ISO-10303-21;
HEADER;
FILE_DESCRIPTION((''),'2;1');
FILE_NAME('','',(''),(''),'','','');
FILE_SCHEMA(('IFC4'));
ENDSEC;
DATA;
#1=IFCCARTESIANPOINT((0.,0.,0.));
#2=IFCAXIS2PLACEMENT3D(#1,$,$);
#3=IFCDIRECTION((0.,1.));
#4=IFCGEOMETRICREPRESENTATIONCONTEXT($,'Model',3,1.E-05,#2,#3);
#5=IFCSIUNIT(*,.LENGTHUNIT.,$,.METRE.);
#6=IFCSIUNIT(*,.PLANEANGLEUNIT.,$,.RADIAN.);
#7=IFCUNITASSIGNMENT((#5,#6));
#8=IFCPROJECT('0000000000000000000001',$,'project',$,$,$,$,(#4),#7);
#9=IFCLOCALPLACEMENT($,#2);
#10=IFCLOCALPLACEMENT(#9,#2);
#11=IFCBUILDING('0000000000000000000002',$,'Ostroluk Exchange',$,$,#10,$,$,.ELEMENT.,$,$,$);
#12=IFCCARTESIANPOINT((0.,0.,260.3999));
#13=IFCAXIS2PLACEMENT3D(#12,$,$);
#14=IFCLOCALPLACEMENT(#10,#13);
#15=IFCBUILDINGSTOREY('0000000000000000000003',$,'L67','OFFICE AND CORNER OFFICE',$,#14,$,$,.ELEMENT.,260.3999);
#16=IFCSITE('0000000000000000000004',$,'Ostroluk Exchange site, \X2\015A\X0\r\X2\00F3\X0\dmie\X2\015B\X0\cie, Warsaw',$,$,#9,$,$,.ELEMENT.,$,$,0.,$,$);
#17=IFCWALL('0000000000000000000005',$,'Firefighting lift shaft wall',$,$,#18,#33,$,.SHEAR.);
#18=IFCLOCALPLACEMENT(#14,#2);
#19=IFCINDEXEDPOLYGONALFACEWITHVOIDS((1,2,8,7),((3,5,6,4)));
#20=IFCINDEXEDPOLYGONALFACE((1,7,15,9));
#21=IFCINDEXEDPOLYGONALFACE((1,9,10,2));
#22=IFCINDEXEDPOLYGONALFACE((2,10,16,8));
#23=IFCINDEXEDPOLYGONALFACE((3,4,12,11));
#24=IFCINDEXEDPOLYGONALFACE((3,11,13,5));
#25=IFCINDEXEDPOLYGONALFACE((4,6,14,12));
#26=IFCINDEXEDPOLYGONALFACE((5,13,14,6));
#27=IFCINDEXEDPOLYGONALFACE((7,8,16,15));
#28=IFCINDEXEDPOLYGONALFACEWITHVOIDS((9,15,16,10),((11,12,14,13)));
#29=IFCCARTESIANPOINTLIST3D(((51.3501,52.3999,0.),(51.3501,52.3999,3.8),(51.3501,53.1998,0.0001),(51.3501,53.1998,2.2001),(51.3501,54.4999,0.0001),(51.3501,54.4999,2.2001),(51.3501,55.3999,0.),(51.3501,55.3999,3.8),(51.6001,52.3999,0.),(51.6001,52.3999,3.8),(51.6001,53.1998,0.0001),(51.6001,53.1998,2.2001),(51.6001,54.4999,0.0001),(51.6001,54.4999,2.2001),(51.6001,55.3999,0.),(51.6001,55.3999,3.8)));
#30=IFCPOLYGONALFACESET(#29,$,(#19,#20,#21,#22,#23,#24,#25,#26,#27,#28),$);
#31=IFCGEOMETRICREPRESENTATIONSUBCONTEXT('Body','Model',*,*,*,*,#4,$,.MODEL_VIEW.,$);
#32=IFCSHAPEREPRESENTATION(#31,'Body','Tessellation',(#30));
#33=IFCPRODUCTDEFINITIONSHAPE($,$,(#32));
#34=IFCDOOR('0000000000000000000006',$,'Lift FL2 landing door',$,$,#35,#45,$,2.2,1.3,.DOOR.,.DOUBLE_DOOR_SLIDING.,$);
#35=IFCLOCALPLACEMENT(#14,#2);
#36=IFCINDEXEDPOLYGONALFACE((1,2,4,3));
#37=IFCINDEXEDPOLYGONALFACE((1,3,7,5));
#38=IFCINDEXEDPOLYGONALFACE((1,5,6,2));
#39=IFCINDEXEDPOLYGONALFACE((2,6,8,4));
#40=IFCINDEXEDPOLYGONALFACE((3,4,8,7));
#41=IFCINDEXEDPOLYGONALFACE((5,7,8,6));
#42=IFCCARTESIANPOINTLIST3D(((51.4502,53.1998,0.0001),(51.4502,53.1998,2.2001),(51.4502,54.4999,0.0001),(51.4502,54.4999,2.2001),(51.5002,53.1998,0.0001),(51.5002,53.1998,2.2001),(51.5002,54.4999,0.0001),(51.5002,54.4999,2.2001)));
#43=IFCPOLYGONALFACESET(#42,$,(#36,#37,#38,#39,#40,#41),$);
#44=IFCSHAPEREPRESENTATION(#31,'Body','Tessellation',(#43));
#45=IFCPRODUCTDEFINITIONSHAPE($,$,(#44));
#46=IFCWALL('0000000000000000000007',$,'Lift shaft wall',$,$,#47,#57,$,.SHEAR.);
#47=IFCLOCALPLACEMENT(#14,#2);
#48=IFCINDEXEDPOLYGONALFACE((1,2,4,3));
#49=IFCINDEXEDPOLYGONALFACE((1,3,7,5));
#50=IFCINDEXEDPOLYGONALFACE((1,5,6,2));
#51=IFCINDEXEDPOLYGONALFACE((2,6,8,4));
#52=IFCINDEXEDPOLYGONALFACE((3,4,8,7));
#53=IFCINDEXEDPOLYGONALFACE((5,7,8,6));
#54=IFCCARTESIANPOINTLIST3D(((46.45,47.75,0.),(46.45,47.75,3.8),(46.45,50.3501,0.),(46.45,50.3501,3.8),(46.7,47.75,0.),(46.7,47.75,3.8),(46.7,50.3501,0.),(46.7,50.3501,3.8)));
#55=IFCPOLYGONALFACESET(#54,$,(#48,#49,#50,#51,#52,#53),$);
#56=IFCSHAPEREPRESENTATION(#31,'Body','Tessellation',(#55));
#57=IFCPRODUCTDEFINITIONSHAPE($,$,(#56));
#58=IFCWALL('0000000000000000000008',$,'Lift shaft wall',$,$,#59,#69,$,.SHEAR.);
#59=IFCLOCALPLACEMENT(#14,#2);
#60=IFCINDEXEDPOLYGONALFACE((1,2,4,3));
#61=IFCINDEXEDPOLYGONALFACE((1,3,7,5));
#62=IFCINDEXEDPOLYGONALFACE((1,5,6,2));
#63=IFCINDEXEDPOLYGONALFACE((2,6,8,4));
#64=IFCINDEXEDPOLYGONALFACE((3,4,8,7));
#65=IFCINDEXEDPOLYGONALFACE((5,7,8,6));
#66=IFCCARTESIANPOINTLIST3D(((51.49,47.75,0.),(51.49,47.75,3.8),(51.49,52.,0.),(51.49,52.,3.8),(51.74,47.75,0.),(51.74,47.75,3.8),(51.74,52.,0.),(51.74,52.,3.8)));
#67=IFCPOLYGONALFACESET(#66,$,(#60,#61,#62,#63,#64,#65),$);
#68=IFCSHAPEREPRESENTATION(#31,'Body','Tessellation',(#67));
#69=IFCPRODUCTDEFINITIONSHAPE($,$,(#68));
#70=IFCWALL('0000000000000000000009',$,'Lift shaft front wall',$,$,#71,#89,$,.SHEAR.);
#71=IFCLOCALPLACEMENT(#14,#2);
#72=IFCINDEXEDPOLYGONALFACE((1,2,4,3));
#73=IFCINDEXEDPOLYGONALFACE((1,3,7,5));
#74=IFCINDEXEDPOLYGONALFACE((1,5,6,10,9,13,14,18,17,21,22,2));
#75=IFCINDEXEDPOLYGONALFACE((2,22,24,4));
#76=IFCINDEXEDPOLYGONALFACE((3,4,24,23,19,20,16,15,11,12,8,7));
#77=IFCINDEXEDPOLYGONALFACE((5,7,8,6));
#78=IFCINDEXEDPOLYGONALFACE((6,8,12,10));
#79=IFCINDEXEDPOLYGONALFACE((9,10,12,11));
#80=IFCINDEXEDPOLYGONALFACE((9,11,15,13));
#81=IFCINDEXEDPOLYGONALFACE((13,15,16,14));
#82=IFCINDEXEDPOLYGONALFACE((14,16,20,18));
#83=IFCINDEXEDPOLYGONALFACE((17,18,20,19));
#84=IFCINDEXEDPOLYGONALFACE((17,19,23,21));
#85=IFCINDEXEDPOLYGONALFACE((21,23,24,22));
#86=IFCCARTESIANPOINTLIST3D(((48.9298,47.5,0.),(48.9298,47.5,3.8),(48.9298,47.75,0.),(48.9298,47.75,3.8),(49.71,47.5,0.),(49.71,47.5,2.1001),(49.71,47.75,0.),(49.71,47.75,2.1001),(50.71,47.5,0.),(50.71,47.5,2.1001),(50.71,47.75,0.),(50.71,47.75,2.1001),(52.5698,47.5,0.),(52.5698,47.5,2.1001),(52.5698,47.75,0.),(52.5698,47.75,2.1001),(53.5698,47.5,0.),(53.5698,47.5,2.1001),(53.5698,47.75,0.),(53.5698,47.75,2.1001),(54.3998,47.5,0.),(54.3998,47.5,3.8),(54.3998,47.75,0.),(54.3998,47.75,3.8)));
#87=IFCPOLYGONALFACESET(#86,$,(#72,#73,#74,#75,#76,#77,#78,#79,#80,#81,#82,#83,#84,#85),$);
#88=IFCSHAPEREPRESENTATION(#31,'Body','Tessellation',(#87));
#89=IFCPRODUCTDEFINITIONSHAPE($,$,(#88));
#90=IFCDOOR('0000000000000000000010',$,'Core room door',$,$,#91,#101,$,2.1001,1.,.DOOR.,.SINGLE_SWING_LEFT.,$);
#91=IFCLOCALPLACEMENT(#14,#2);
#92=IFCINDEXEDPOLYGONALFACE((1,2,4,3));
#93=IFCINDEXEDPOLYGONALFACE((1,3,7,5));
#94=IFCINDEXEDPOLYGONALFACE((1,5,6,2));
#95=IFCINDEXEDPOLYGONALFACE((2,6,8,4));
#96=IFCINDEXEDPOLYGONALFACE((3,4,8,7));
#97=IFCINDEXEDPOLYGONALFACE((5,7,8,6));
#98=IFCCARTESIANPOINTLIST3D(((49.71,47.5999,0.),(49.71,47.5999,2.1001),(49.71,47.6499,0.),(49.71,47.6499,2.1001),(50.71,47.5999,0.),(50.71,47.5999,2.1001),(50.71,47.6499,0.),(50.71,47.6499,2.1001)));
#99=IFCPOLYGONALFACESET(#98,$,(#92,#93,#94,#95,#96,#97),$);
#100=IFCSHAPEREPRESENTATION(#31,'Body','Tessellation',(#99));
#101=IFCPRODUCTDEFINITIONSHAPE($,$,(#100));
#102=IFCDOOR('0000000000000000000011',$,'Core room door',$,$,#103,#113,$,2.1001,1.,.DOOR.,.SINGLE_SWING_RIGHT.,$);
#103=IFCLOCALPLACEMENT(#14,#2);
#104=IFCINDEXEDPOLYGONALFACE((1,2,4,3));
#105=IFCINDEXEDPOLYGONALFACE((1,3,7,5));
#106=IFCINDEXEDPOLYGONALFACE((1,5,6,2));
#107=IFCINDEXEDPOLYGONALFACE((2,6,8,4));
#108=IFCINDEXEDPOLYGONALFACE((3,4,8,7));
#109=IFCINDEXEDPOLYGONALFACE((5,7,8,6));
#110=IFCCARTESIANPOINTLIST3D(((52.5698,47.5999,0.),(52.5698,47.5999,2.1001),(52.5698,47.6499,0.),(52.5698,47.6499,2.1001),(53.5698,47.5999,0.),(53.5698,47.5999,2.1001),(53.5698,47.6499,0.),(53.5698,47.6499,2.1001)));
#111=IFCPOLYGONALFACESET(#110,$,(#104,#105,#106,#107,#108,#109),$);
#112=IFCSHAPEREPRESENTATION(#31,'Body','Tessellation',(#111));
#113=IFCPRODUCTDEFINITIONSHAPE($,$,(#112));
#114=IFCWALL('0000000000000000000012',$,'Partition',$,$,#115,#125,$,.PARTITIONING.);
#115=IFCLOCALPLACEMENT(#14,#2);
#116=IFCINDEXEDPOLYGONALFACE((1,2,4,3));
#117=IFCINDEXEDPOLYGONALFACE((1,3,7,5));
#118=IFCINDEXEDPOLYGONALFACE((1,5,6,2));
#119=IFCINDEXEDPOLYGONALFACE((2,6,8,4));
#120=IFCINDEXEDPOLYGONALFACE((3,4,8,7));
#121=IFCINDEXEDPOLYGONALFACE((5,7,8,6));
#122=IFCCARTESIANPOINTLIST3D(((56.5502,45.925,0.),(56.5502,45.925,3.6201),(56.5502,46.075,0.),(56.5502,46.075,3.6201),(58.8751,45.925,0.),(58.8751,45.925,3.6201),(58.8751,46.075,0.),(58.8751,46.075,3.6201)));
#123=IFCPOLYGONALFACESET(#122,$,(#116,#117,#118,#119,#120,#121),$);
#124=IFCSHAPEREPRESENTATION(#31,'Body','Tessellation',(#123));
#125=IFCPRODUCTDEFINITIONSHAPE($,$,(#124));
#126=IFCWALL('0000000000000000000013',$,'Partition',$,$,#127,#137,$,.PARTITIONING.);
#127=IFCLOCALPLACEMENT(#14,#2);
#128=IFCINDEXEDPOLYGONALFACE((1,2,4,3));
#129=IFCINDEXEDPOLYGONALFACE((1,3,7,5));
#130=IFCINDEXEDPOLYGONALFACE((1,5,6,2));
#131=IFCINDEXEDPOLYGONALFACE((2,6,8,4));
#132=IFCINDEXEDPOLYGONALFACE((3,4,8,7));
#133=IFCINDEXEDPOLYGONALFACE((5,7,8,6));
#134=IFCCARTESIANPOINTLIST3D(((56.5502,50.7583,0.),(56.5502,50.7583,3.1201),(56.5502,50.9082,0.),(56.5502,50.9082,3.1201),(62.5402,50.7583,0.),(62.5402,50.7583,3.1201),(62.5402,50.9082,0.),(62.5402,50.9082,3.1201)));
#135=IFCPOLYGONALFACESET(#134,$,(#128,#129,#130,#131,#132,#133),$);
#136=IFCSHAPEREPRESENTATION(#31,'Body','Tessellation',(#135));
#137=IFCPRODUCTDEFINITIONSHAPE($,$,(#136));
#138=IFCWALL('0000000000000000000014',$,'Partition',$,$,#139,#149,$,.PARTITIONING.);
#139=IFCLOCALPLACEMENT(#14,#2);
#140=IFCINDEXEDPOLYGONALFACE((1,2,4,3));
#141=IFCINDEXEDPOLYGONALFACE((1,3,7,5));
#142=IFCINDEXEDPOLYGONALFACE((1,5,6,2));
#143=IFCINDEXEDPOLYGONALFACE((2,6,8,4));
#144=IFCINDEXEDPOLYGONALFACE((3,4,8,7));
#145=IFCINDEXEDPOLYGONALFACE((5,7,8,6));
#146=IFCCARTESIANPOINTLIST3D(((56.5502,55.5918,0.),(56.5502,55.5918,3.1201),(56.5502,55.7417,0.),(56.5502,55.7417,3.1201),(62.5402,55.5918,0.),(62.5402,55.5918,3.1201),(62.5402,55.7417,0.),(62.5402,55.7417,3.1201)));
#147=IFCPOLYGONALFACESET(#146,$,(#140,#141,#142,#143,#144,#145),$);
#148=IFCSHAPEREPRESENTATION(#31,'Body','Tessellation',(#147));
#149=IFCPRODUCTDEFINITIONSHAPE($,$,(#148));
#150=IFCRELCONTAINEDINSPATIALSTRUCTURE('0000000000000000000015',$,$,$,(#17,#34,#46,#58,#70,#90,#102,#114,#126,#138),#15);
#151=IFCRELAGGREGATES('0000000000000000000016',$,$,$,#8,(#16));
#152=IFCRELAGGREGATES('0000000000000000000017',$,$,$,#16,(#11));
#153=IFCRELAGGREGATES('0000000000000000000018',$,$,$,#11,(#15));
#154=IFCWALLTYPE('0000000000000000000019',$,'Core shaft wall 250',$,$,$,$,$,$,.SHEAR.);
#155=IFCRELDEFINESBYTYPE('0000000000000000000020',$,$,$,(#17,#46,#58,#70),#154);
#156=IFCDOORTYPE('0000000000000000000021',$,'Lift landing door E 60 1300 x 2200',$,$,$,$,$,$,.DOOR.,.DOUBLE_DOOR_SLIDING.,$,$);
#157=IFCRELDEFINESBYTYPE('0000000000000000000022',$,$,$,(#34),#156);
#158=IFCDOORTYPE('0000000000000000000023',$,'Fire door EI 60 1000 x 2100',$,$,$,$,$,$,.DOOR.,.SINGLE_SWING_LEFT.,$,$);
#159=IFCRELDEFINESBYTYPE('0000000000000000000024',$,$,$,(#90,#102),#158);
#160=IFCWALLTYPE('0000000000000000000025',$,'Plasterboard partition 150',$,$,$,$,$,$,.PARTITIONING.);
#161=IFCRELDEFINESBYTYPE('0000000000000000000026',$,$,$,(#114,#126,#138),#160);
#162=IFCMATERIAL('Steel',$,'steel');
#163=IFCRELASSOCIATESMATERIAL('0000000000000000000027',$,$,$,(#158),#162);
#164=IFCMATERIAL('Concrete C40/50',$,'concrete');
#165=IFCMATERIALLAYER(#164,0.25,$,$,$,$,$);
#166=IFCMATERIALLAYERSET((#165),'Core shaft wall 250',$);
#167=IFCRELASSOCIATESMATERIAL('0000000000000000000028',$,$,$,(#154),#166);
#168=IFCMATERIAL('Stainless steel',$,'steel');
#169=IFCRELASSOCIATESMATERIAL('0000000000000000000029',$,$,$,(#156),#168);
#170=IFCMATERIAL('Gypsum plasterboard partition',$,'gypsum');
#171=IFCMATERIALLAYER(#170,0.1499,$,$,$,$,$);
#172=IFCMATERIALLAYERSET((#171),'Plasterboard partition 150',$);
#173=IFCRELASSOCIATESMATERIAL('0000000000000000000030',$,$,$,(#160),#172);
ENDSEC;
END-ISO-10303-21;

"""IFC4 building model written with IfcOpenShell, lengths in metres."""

from ifc_helpers import new_model, si_unit, direction, frame, frame_2d, origin, place, context, subcontext, project, spatial, rectangle, extrude, material, layer, layer_set, type_object, element, fill, save


model = new_model("IFC4")

# Units and contexts
model_context = context("Model", 3, precision=1e-05, world=origin(), true_north=direction((0.0, 1.0)))
body_context = subcontext(model_context, "Body", "Model", "MODEL_VIEW")
ifc_project = project(units=[si_unit("LENGTHUNIT", "METRE"), si_unit("PLANEANGLEUNIT", "RADIAN")], contexts=[model_context])

# Site, building, storey
site_placement = place(None, origin())
site = spatial("IfcSite", under=ifc_project, at=site_placement, Name="Ostroluk Exchange site, Śródmieście, Warsaw", CompositionType="ELEMENT", RefElevation=0.0)
building_placement = place(site_placement, origin())
building = spatial("IfcBuilding", under=site, at=building_placement, Name="Ostroluk Exchange", CompositionType="ELEMENT")
storey_placement = place(building_placement, frame((0.0, 0.0, 260.3999)))
storey = spatial("IfcBuildingStorey", under=building, at=storey_placement, Name="L67", Description="OFFICE AND CORNER OFFICE", CompositionType="ELEMENT", Elevation=260.3999)

# Wall, opening, door
ifc_material_1 = material(Name="Steel", Category="steel")
door_type_1 = type_object("IfcDoorType", Name="Fire door EI 60 1000 x 2100", OperationType="SINGLE_SWING_LEFT", PredefinedType="DOOR", material=ifc_material_1)
ifc_material_2 = material(Name="Concrete C40/50", Category="concrete")
ifc_layer_1 = layer(ifc_material_2, 0.25)
ifc_layer_set_1 = layer_set([ifc_layer_1], Name="Core shaft wall 250")
wall_type_1 = type_object("IfcWallType", Name="Core shaft wall 250", PredefinedType="SHEAR", material=ifc_layer_set_1)
wall_1_placement = place(storey_placement, frame((51.4751, 52.3999, 0.0), z_axis=(0.0, 0.0, 1.0), x_axis=(0.0, 1.0, 0.0)))
wall_1 = element("IfcWall", 1, at=wall_1_placement, inside=storey, type_object=wall_type_1, Name="Firefighting lift shaft wall", PredefinedType="SHEAR", context=body_context, shape_type="SweptSolid", body=[
    extrude(rectangle(XDim=3.0, YDim=0.25, at=frame_2d((1.5, 0.0))), origin(), (0.0, 0.0, 1.0), 3.8),
])
opening_1_placement = place(wall_1_placement, frame((0.8, 0.0, 0.0)))
opening_1 = element("IfcOpeningElement", 2, at=opening_1_placement, cuts=wall_1, PredefinedType="OPENING", context=body_context, shape_type="SweptSolid", body=[
    extrude(rectangle(XDim=1.3, YDim=2.2, at=frame_2d((0.6499, 1.1001))), frame((0.0, 0.135, 0.0), z_axis=(0.0, -1.0, 0.0), x_axis=(1.0, 0.0, 0.0)), (0.0, 0.0, 1.0), 0.27),
])
ifc_material_3 = material(Name="Stainless steel", Category="steel")
door_type_2 = type_object("IfcDoorType", Name="Lift landing door E 60 1300 x 2200", OperationType="DOUBLE_DOOR_SLIDING", PredefinedType="DOOR", material=ifc_material_3)
door_1_placement = place(opening_1_placement, origin())
door_1 = element("IfcDoor", 3, at=door_1_placement, inside=storey, type_object=door_type_2, Name="Lift FL2 landing door", OperationType="DOUBLE_DOOR_SLIDING", OverallHeight=2.2, OverallWidth=1.3, PredefinedType="DOOR", context=body_context, shape_type="SweptSolid", body=[
    extrude(rectangle(XDim=1.3, YDim=2.2, at=frame_2d((0.6499, 1.1001))), frame((0.0, 0.0249, 0.0), z_axis=(0.0, -1.0, 0.0), x_axis=(1.0, 0.0, 0.0)), (0.0, 0.0, 1.0), 0.05),
])
fill(opening_1, door_1)

# Walls
wall_2_placement = place(storey_placement, frame((46.575, 47.75, 0.0), z_axis=(0.0, 0.0, 1.0), x_axis=(0.0, 1.0, 0.0)))
element("IfcWall", 4, at=wall_2_placement, inside=storey, type_object=wall_type_1, Name="Lift shaft wall", PredefinedType="SHEAR", context=body_context, shape_type="SweptSolid", body=[
    extrude(rectangle(XDim=2.6001, YDim=0.25, at=frame_2d((1.3, 0.0))), origin(), (0.0, 0.0, 1.0), 3.8),
])
wall_3_placement = place(storey_placement, frame((51.615, 47.75, 0.0), z_axis=(0.0, 0.0, 1.0), x_axis=(0.0, 1.0, 0.0)))
element("IfcWall", 5, at=wall_3_placement, inside=storey, type_object=wall_type_1, Name="Lift shaft wall", PredefinedType="SHEAR", context=body_context, shape_type="SweptSolid", body=[
    extrude(rectangle(XDim=4.25, YDim=0.25, at=frame_2d((2.125, 0.0))), origin(), (0.0, 0.0, 1.0), 3.8),
])

# Wall, openings, doors
wall_4_placement = place(storey_placement, frame((48.9299, 47.625, 0.0), z_axis=(0.0, 0.0, 1.0), x_axis=(1.0, 0.0, 0.0)))
wall_4 = element("IfcWall", 6, at=wall_4_placement, inside=storey, type_object=wall_type_1, Name="Lift shaft front wall", PredefinedType="SHEAR", context=body_context, shape_type="SweptSolid", body=[
    extrude(rectangle(XDim=5.47, YDim=0.25, at=frame_2d((2.7349, 0.0))), origin(), (0.0, 0.0, 1.0), 3.8),
])
opening_2_placement = place(wall_4_placement, frame((0.78, 0.0, 0.0)))
opening_2 = element("IfcOpeningElement", 7, at=opening_2_placement, cuts=wall_4, PredefinedType="OPENING", context=body_context, shape_type="SweptSolid", body=[
    extrude(rectangle(XDim=1.0, YDim=2.1001, at=frame_2d((0.5, 1.05))), frame((0.0, 0.135, 0.0), z_axis=(0.0, -1.0, 0.0), x_axis=(1.0, 0.0, 0.0)), (0.0, 0.0, 1.0), 0.27),
])
opening_3_placement = place(wall_4_placement, frame((3.6399, 0.0, 0.0)))
opening_3 = element("IfcOpeningElement", 8, at=opening_3_placement, cuts=wall_4, PredefinedType="OPENING", context=body_context, shape_type="SweptSolid", body=[
    extrude(rectangle(XDim=1.0, YDim=2.1001, at=frame_2d((0.5, 1.05))), frame((0.0, 0.135, 0.0), z_axis=(0.0, -1.0, 0.0), x_axis=(1.0, 0.0, 0.0)), (0.0, 0.0, 1.0), 0.27),
])
door_2_placement = place(opening_2_placement, origin())
door_2 = element("IfcDoor", 9, at=door_2_placement, inside=storey, type_object=door_type_1, Name="Core room door", OperationType="SINGLE_SWING_LEFT", OverallHeight=2.1001, OverallWidth=1.0, PredefinedType="DOOR", context=body_context, shape_type="SweptSolid", body=[
    extrude(rectangle(XDim=1.0, YDim=2.1001, at=frame_2d((0.5, 1.05))), frame((0.0, 0.0249, 0.0), z_axis=(0.0, -1.0, 0.0), x_axis=(1.0, 0.0, 0.0)), (0.0, 0.0, 1.0), 0.05),
])
fill(opening_2, door_2)
door_3_placement = place(opening_3_placement, origin())
door_3 = element("IfcDoor", 10, at=door_3_placement, inside=storey, type_object=door_type_1, Name="Core room door", OperationType="SINGLE_SWING_RIGHT", OverallHeight=2.1001, OverallWidth=1.0, PredefinedType="DOOR", context=body_context, shape_type="SweptSolid", body=[
    extrude(rectangle(XDim=1.0, YDim=2.1001, at=frame_2d((0.5, 1.05))), frame((0.0, 0.0249, 0.0), z_axis=(0.0, -1.0, 0.0), x_axis=(1.0, 0.0, 0.0)), (0.0, 0.0, 1.0), 0.05),
])
fill(opening_3, door_3)

# Walls
ifc_material_4 = material(Name="Gypsum plasterboard partition", Category="gypsum")
ifc_layer_2 = layer(ifc_material_4, 0.1499)
ifc_layer_set_2 = layer_set([ifc_layer_2], Name="Plasterboard partition 150")
wall_type_2 = type_object("IfcWallType", Name="Plasterboard partition 150", PredefinedType="PARTITIONING", material=ifc_layer_set_2)
wall_5_placement = place(storey_placement, frame((56.55, 46.0, 0.0), z_axis=(0.0, 0.0, 1.0), x_axis=(1.0, 0.0, 0.0)))
element("IfcWall", 11, at=wall_5_placement, inside=storey, type_object=wall_type_2, Name="Partition", PredefinedType="PARTITIONING", context=body_context, shape_type="SweptSolid", body=[
    extrude(rectangle(XDim=2.325, YDim=0.1499, at=frame_2d((1.1626, 0.0))), origin(), (0.0, 0.0, 1.0), 3.6201),
])
for number, where, z_axis, x_axis, name in (
    (12, (56.55, 50.8333, 0.0), (0.0, 0.0, 1.0), (1.0, 0.0, 0.0), "Partition"),
    (13, (56.55, 55.6667, 0.0), (0.0, 0.0, 1.0), (1.0, 0.0, 0.0), "Partition"),
):
    element("IfcWall", number, at=place(storey_placement, frame(where, z_axis=z_axis, x_axis=x_axis)), inside=storey, type_object=wall_type_2, Name=name, PredefinedType="PARTITIONING", context=body_context, shape_type="SweptSolid", body=[
        extrude(rectangle(XDim=5.99, YDim=0.1499, at=frame_2d((2.9951, 0.0))), origin(), (0.0, 0.0, 1.0), 3.1201),
    ])

save(model, "model.ifc")
